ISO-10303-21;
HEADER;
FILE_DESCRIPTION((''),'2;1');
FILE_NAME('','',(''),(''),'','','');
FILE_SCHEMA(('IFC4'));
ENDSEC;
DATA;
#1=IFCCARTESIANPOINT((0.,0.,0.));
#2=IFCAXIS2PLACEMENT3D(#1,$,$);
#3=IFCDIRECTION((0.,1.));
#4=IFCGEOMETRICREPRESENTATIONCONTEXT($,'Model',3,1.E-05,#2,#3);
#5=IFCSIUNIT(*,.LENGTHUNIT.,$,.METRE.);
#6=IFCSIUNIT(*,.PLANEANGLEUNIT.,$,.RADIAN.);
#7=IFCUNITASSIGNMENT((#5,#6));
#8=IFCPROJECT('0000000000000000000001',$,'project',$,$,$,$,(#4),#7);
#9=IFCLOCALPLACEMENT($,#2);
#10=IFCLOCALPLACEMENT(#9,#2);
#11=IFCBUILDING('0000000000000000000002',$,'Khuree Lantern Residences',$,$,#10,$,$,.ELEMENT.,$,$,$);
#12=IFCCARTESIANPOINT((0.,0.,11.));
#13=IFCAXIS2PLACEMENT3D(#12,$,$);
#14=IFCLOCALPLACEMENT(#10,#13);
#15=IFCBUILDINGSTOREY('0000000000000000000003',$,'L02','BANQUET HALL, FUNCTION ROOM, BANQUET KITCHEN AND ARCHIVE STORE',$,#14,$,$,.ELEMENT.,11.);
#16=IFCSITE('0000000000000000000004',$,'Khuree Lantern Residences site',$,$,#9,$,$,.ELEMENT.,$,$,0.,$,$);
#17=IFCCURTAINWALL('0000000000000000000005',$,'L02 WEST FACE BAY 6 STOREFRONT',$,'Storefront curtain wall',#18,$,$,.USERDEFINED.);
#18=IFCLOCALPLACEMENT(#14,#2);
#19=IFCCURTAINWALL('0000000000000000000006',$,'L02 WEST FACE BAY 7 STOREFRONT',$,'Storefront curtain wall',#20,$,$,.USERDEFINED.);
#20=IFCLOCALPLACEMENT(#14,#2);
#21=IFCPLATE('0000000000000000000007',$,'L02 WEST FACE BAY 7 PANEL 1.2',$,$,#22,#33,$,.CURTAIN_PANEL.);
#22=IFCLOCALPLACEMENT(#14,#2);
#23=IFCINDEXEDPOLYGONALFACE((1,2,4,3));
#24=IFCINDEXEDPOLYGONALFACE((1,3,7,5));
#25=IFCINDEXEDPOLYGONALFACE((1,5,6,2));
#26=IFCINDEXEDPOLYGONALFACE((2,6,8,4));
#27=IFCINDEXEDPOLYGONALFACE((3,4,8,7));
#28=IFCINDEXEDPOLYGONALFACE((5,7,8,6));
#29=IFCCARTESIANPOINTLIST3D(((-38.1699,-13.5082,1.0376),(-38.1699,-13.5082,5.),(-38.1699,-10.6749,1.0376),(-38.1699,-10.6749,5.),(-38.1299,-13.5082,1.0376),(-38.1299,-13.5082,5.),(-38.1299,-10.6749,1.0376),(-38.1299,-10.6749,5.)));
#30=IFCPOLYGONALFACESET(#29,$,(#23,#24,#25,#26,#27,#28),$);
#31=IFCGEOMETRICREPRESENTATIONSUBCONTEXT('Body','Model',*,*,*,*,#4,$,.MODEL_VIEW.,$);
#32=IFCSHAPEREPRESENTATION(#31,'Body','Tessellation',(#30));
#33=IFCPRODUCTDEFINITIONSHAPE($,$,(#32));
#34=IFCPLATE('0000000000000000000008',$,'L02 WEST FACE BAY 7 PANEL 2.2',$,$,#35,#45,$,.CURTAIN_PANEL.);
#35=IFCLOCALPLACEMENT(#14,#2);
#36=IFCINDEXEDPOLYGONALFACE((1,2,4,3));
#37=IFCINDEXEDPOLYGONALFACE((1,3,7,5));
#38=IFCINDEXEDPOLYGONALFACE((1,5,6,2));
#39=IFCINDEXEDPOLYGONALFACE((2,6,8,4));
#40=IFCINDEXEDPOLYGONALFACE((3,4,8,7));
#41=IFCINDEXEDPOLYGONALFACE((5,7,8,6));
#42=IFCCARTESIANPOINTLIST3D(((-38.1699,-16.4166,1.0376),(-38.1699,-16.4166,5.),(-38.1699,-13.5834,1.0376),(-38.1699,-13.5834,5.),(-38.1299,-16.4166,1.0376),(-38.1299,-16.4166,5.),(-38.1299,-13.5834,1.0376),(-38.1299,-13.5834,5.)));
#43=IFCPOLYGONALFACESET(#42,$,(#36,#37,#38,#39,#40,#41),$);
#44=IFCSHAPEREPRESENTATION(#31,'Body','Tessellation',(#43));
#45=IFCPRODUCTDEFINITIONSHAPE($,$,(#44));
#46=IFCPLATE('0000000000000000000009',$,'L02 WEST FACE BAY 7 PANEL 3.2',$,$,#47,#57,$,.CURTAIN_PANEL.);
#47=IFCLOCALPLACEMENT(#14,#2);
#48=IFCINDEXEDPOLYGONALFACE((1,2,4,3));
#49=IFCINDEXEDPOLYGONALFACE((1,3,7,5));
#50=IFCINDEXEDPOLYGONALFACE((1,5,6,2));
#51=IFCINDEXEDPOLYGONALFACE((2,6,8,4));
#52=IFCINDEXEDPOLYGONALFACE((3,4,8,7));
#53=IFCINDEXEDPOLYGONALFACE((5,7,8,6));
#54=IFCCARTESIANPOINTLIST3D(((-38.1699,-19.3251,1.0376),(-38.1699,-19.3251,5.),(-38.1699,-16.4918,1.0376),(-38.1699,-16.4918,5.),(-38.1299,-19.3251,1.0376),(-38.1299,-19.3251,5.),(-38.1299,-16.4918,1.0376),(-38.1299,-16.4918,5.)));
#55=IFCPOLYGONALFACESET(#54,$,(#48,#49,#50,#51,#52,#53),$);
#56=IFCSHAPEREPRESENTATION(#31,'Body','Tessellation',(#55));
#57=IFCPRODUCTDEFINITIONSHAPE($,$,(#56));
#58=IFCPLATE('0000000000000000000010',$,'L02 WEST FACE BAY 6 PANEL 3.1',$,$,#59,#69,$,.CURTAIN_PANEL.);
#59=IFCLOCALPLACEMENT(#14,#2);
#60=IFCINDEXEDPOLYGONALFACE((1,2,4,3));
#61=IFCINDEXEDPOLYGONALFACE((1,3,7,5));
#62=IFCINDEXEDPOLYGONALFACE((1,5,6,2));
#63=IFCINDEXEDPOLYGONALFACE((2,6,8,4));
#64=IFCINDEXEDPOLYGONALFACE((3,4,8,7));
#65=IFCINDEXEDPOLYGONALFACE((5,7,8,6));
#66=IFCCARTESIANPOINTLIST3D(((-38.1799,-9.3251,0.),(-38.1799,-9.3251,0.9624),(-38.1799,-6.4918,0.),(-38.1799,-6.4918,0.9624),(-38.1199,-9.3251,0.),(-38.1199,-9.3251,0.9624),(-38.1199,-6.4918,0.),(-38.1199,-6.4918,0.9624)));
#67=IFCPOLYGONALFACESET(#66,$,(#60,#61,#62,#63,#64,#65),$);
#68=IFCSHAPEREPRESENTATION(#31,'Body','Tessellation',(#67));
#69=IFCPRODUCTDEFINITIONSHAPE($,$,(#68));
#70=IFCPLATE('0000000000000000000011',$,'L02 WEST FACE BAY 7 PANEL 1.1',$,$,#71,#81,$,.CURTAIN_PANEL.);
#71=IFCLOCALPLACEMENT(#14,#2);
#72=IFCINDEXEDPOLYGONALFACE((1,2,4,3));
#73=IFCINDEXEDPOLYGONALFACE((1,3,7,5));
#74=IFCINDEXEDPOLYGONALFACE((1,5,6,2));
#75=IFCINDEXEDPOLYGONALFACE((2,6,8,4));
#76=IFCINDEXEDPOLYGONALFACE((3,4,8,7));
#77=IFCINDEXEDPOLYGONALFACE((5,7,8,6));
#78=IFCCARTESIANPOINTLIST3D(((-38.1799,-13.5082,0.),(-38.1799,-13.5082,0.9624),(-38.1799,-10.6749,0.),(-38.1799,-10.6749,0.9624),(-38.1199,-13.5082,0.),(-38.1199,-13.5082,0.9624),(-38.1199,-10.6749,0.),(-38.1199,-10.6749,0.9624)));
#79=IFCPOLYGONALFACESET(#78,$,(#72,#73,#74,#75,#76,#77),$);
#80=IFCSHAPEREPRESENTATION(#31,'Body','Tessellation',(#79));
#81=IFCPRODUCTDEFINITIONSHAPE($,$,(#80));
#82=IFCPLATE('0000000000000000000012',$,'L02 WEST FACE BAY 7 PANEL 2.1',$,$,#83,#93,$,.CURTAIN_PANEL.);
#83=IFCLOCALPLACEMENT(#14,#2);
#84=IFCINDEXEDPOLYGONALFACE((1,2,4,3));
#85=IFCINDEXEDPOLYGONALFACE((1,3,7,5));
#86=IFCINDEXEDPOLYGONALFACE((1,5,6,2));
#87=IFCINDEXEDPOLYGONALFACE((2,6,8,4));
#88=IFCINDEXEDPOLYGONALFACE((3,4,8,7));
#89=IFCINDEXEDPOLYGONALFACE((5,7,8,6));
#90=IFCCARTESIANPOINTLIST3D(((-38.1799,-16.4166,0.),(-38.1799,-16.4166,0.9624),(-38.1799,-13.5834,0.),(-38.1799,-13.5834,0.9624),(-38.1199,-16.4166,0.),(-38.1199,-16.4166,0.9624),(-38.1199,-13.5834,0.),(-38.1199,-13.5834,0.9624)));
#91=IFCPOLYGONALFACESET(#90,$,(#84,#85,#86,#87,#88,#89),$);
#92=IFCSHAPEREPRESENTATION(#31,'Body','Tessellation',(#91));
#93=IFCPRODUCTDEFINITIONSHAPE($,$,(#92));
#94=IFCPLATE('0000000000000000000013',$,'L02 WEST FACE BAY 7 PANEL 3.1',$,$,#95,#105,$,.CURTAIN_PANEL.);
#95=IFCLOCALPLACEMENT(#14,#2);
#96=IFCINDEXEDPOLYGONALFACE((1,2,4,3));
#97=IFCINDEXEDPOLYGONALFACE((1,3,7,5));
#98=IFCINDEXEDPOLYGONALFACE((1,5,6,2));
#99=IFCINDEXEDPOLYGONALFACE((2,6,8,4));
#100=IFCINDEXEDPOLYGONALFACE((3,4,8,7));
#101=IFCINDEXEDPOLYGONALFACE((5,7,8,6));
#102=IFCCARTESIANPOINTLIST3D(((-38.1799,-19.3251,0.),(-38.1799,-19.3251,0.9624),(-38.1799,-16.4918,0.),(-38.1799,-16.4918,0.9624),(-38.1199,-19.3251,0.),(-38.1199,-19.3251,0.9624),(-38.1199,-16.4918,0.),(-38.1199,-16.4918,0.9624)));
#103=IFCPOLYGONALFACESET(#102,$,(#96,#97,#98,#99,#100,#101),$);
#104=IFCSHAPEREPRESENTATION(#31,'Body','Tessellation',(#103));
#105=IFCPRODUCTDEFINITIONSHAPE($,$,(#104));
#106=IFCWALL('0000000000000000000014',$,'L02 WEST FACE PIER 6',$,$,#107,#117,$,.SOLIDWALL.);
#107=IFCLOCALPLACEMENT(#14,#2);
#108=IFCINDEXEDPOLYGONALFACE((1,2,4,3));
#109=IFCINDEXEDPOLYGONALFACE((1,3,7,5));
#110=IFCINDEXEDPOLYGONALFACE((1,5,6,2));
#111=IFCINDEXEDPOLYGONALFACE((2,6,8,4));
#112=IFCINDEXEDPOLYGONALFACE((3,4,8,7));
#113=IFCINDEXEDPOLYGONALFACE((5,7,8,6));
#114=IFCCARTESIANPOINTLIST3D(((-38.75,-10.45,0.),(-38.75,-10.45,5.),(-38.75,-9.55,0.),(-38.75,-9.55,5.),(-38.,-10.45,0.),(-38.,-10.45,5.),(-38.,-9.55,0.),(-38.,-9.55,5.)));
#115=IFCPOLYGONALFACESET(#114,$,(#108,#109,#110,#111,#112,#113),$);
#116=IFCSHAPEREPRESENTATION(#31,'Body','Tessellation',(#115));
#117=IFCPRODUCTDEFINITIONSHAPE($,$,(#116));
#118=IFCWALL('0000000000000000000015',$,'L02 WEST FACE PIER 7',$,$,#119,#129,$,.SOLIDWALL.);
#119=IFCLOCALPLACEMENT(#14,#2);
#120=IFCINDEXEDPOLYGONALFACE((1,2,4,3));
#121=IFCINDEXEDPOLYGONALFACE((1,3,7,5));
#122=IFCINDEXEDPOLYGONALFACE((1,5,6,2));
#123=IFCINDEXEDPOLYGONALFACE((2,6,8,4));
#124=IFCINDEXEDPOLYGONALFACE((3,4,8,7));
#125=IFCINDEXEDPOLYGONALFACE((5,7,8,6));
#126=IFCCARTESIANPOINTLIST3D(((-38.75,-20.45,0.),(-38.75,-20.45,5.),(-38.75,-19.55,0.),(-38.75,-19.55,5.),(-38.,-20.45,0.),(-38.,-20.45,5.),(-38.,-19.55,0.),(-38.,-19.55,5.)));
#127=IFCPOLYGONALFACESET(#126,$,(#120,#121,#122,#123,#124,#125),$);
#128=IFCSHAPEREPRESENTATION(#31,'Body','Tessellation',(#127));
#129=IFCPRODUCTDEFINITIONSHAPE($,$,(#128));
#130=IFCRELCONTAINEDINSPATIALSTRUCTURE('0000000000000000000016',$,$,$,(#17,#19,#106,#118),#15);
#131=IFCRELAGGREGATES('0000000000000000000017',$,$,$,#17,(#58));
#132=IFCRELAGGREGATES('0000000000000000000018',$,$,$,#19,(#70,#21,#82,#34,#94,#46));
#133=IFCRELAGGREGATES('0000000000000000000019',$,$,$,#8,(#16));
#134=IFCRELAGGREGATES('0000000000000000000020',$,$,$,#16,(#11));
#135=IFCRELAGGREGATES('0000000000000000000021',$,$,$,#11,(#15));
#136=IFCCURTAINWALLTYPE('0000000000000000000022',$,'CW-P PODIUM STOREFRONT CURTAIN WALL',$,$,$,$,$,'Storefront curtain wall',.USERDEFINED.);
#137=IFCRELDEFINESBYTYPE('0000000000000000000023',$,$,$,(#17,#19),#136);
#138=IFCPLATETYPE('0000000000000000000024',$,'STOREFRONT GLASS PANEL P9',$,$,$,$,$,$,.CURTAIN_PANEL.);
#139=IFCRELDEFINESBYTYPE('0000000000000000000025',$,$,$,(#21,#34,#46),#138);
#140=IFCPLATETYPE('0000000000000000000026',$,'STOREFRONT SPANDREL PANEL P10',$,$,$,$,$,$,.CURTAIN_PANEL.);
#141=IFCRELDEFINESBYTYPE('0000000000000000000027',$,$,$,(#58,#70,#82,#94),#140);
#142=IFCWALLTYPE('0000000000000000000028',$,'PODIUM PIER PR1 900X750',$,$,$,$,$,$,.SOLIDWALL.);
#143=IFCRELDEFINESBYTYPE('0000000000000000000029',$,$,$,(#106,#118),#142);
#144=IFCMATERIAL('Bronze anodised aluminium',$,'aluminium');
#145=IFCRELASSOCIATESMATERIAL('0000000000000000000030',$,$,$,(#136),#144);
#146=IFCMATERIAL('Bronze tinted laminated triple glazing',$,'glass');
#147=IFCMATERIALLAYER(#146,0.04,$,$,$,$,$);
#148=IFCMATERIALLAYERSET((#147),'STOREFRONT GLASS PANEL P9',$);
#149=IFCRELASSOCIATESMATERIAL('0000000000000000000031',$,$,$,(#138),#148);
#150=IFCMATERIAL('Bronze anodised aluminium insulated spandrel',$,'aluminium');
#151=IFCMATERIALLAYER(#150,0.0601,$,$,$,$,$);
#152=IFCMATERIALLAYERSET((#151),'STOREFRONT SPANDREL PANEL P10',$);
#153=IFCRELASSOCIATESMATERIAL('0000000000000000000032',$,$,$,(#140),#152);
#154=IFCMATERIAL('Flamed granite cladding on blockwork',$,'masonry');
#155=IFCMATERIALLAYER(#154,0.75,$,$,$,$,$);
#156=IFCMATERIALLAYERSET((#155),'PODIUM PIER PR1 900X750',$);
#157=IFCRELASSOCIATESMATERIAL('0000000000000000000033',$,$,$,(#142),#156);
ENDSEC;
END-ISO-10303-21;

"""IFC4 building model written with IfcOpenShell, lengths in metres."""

from ifc_helpers import new_model, si_unit, direction, frame, frame_2d, origin, origin_2d, place, context, subcontext, project, spatial, rectangle, extrude, material, layer, layer_set, type_object, element, aggregate, save


model = new_model("IFC4")

# Units and contexts
model_context = context("Model", 3, precision=1e-05, world=origin(), true_north=direction((0.0, 1.0)))
body_context = subcontext(model_context, "Body", "Model", "MODEL_VIEW")
ifc_project = project(units=[si_unit("LENGTHUNIT", "METRE"), si_unit("PLANEANGLEUNIT", "RADIAN")], contexts=[model_context])

# Site, building, storey
site_placement = place(None, origin())
site = spatial("IfcSite", under=ifc_project, at=site_placement, Name="Khuree Lantern Residences site", CompositionType="ELEMENT", RefElevation=0.0)
building_placement = place(site_placement, origin())
building = spatial("IfcBuilding", under=site, at=building_placement, Name="Khuree Lantern Residences", CompositionType="ELEMENT")
storey_placement = place(building_placement, frame((0.0, 0.0, 11.0)))
storey = spatial("IfcBuildingStorey", under=building, at=storey_placement, Name="L02", Description="BANQUET HALL, FUNCTION ROOM, BANQUET KITCHEN AND ARCHIVE STORE", CompositionType="ELEMENT", Elevation=11.0)

# Curtain wall
ifc_material_1 = material(Name="Bronze anodised aluminium", Category="aluminium")
curtain_wall_type = type_object("IfcCurtainWallType", Name="CW-P PODIUM STOREFRONT CURTAIN WALL", ElementType="Storefront curtain wall", PredefinedType="USERDEFINED", material=ifc_material_1)
curtain_wall_1_placement = place(storey_placement, origin())
curtain_wall_1 = element("IfcCurtainWall", 1, at=curtain_wall_1_placement, inside=storey, type_object=curtain_wall_type, Name="L02 WEST FACE BAY 6 STOREFRONT", ObjectType="Storefront curtain wall", PredefinedType="USERDEFINED")

# Curtain wall
curtain_wall_2_placement = place(storey_placement, origin())
curtain_wall_2 = element("IfcCurtainWall", 2, at=curtain_wall_2_placement, inside=storey, type_object=curtain_wall_type, Name="L02 WEST FACE BAY 7 STOREFRONT", ObjectType="Storefront curtain wall", PredefinedType="USERDEFINED")

# Plates
ifc_material_2 = material(Name="Bronze tinted laminated triple glazing", Category="glass")
ifc_layer_1 = layer(ifc_material_2, 0.04)
ifc_layer_set_1 = layer_set([ifc_layer_1], Name="STOREFRONT GLASS PANEL P9")
plate_type_1 = type_object("IfcPlateType", Name="STOREFRONT GLASS PANEL P9", PredefinedType="CURTAIN_PANEL", material=ifc_layer_set_1)
plate_1_placement = place(storey_placement, frame((-38.1499, -12.0916, 1.0376), z_axis=(0.0, 0.0, 1.0), x_axis=(0.0, -1.0, 0.0)))
plate_1 = element("IfcPlate", 3, at=plate_1_placement, type_object=plate_type_1, Name="L02 WEST FACE BAY 7 PANEL 1.2", PredefinedType="CURTAIN_PANEL", context=body_context, shape_type="SweptSolid", body=[
    extrude(rectangle(XDim=2.8333, YDim=0.04, at=origin_2d()), origin(), (0.0, 0.0, 1.0), 3.9624),
])
plate_2_placement = place(storey_placement, frame((-38.1499, -15.0, 1.0376), z_axis=(0.0, 0.0, 1.0), x_axis=(0.0, -1.0, 0.0)))
plate_2 = element("IfcPlate", 4, at=plate_2_placement, type_object=plate_type_1, Name="L02 WEST FACE BAY 7 PANEL 2.2", PredefinedType="CURTAIN_PANEL", context=body_context, shape_type="SweptSolid", body=[
    extrude(rectangle(XDim=2.8333, YDim=0.04, at=origin_2d()), origin(), (0.0, 0.0, 1.0), 3.9624),
])
plate_3_placement = place(storey_placement, frame((-38.1499, -17.9084, 1.0376), z_axis=(0.0, 0.0, 1.0), x_axis=(0.0, -1.0, 0.0)))
plate_3 = element("IfcPlate", 5, at=plate_3_placement, type_object=plate_type_1, Name="L02 WEST FACE BAY 7 PANEL 3.2", PredefinedType="CURTAIN_PANEL", context=body_context, shape_type="SweptSolid", body=[
    extrude(rectangle(XDim=2.8333, YDim=0.04, at=origin_2d()), origin(), (0.0, 0.0, 1.0), 3.9624),
])
ifc_material_3 = material(Name="Bronze anodised aluminium insulated spandrel", Category="aluminium")
ifc_layer_2 = layer(ifc_material_3, 0.0601)
ifc_layer_set_2 = layer_set([ifc_layer_2], Name="STOREFRONT SPANDREL PANEL P10")
plate_type_2 = type_object("IfcPlateType", Name="STOREFRONT SPANDREL PANEL P10", PredefinedType="CURTAIN_PANEL", material=ifc_layer_set_2)
plate_4_placement = place(storey_placement, frame((-38.1499, -7.9084, 0.0), z_axis=(0.0, 0.0, 1.0), x_axis=(0.0, -1.0, 0.0)))
plate_4 = element("IfcPlate", 6, at=plate_4_placement, type_object=plate_type_2, Name="L02 WEST FACE BAY 6 PANEL 3.1", PredefinedType="CURTAIN_PANEL", context=body_context, shape_type="SweptSolid", body=[
    extrude(rectangle(XDim=2.8333, YDim=0.0601, at=origin_2d()), origin(), (0.0, 0.0, 1.0), 0.9624),
])
aggregate(curtain_wall_1, [plate_4])
plate_5_placement = place(storey_placement, frame((-38.1499, -12.0916, 0.0), z_axis=(0.0, 0.0, 1.0), x_axis=(0.0, -1.0, 0.0)))
plate_5 = element("IfcPlate", 7, at=plate_5_placement, type_object=plate_type_2, Name="L02 WEST FACE BAY 7 PANEL 1.1", PredefinedType="CURTAIN_PANEL", context=body_context, shape_type="SweptSolid", body=[
    extrude(rectangle(XDim=2.8333, YDim=0.0601, at=origin_2d()), origin(), (0.0, 0.0, 1.0), 0.9624),
])
plate_6_placement = place(storey_placement, frame((-38.1499, -15.0, 0.0), z_axis=(0.0, 0.0, 1.0), x_axis=(0.0, -1.0, 0.0)))
plate_6 = element("IfcPlate", 8, at=plate_6_placement, type_object=plate_type_2, Name="L02 WEST FACE BAY 7 PANEL 2.1", PredefinedType="CURTAIN_PANEL", context=body_context, shape_type="SweptSolid", body=[
    extrude(rectangle(XDim=2.8333, YDim=0.0601, at=origin_2d()), origin(), (0.0, 0.0, 1.0), 0.9624),
])
plate_7_placement = place(storey_placement, frame((-38.1499, -17.9084, 0.0), z_axis=(0.0, 0.0, 1.0), x_axis=(0.0, -1.0, 0.0)))
plate_7 = element("IfcPlate", 9, at=plate_7_placement, type_object=plate_type_2, Name="L02 WEST FACE BAY 7 PANEL 3.1", PredefinedType="CURTAIN_PANEL", context=body_context, shape_type="SweptSolid", body=[
    extrude(rectangle(XDim=2.8333, YDim=0.0601, at=origin_2d()), origin(), (0.0, 0.0, 1.0), 0.9624),
])
aggregate(curtain_wall_2, [plate_5, plate_1, plate_6, plate_2, plate_7, plate_3])

# Walls
ifc_material_4 = material(Name="Flamed granite cladding on blockwork", Category="masonry")
ifc_layer_3 = layer(ifc_material_4, 0.75)
ifc_layer_set_3 = layer_set([ifc_layer_3], Name="PODIUM PIER PR1 900X750")
wall_type = type_object("IfcWallType", Name="PODIUM PIER PR1 900X750", PredefinedType="SOLIDWALL", material=ifc_layer_set_3)
for number, where, z_axis, x_axis, name in (
    (10, (-38.375, -9.55, 0.0), (0.0, 0.0, 1.0), (0.0, -1.0, 0.0), "L02 WEST FACE PIER 6"),
    (11, (-38.375, -19.55, 0.0), (0.0, 0.0, 1.0), (0.0, -1.0, 0.0), "L02 WEST FACE PIER 7"),
):
    element("IfcWall", number, at=place(storey_placement, frame(where, z_axis=z_axis, x_axis=x_axis)), inside=storey, type_object=wall_type, Name=name, PredefinedType="SOLIDWALL", context=body_context, shape_type="SweptSolid", body=[
        extrude(rectangle(XDim=0.8999, YDim=0.75, at=frame_2d((0.45, 0.0))), origin(), (0.0, 0.0, 1.0), 5.0),
    ])

save(model, "model.ifc")
